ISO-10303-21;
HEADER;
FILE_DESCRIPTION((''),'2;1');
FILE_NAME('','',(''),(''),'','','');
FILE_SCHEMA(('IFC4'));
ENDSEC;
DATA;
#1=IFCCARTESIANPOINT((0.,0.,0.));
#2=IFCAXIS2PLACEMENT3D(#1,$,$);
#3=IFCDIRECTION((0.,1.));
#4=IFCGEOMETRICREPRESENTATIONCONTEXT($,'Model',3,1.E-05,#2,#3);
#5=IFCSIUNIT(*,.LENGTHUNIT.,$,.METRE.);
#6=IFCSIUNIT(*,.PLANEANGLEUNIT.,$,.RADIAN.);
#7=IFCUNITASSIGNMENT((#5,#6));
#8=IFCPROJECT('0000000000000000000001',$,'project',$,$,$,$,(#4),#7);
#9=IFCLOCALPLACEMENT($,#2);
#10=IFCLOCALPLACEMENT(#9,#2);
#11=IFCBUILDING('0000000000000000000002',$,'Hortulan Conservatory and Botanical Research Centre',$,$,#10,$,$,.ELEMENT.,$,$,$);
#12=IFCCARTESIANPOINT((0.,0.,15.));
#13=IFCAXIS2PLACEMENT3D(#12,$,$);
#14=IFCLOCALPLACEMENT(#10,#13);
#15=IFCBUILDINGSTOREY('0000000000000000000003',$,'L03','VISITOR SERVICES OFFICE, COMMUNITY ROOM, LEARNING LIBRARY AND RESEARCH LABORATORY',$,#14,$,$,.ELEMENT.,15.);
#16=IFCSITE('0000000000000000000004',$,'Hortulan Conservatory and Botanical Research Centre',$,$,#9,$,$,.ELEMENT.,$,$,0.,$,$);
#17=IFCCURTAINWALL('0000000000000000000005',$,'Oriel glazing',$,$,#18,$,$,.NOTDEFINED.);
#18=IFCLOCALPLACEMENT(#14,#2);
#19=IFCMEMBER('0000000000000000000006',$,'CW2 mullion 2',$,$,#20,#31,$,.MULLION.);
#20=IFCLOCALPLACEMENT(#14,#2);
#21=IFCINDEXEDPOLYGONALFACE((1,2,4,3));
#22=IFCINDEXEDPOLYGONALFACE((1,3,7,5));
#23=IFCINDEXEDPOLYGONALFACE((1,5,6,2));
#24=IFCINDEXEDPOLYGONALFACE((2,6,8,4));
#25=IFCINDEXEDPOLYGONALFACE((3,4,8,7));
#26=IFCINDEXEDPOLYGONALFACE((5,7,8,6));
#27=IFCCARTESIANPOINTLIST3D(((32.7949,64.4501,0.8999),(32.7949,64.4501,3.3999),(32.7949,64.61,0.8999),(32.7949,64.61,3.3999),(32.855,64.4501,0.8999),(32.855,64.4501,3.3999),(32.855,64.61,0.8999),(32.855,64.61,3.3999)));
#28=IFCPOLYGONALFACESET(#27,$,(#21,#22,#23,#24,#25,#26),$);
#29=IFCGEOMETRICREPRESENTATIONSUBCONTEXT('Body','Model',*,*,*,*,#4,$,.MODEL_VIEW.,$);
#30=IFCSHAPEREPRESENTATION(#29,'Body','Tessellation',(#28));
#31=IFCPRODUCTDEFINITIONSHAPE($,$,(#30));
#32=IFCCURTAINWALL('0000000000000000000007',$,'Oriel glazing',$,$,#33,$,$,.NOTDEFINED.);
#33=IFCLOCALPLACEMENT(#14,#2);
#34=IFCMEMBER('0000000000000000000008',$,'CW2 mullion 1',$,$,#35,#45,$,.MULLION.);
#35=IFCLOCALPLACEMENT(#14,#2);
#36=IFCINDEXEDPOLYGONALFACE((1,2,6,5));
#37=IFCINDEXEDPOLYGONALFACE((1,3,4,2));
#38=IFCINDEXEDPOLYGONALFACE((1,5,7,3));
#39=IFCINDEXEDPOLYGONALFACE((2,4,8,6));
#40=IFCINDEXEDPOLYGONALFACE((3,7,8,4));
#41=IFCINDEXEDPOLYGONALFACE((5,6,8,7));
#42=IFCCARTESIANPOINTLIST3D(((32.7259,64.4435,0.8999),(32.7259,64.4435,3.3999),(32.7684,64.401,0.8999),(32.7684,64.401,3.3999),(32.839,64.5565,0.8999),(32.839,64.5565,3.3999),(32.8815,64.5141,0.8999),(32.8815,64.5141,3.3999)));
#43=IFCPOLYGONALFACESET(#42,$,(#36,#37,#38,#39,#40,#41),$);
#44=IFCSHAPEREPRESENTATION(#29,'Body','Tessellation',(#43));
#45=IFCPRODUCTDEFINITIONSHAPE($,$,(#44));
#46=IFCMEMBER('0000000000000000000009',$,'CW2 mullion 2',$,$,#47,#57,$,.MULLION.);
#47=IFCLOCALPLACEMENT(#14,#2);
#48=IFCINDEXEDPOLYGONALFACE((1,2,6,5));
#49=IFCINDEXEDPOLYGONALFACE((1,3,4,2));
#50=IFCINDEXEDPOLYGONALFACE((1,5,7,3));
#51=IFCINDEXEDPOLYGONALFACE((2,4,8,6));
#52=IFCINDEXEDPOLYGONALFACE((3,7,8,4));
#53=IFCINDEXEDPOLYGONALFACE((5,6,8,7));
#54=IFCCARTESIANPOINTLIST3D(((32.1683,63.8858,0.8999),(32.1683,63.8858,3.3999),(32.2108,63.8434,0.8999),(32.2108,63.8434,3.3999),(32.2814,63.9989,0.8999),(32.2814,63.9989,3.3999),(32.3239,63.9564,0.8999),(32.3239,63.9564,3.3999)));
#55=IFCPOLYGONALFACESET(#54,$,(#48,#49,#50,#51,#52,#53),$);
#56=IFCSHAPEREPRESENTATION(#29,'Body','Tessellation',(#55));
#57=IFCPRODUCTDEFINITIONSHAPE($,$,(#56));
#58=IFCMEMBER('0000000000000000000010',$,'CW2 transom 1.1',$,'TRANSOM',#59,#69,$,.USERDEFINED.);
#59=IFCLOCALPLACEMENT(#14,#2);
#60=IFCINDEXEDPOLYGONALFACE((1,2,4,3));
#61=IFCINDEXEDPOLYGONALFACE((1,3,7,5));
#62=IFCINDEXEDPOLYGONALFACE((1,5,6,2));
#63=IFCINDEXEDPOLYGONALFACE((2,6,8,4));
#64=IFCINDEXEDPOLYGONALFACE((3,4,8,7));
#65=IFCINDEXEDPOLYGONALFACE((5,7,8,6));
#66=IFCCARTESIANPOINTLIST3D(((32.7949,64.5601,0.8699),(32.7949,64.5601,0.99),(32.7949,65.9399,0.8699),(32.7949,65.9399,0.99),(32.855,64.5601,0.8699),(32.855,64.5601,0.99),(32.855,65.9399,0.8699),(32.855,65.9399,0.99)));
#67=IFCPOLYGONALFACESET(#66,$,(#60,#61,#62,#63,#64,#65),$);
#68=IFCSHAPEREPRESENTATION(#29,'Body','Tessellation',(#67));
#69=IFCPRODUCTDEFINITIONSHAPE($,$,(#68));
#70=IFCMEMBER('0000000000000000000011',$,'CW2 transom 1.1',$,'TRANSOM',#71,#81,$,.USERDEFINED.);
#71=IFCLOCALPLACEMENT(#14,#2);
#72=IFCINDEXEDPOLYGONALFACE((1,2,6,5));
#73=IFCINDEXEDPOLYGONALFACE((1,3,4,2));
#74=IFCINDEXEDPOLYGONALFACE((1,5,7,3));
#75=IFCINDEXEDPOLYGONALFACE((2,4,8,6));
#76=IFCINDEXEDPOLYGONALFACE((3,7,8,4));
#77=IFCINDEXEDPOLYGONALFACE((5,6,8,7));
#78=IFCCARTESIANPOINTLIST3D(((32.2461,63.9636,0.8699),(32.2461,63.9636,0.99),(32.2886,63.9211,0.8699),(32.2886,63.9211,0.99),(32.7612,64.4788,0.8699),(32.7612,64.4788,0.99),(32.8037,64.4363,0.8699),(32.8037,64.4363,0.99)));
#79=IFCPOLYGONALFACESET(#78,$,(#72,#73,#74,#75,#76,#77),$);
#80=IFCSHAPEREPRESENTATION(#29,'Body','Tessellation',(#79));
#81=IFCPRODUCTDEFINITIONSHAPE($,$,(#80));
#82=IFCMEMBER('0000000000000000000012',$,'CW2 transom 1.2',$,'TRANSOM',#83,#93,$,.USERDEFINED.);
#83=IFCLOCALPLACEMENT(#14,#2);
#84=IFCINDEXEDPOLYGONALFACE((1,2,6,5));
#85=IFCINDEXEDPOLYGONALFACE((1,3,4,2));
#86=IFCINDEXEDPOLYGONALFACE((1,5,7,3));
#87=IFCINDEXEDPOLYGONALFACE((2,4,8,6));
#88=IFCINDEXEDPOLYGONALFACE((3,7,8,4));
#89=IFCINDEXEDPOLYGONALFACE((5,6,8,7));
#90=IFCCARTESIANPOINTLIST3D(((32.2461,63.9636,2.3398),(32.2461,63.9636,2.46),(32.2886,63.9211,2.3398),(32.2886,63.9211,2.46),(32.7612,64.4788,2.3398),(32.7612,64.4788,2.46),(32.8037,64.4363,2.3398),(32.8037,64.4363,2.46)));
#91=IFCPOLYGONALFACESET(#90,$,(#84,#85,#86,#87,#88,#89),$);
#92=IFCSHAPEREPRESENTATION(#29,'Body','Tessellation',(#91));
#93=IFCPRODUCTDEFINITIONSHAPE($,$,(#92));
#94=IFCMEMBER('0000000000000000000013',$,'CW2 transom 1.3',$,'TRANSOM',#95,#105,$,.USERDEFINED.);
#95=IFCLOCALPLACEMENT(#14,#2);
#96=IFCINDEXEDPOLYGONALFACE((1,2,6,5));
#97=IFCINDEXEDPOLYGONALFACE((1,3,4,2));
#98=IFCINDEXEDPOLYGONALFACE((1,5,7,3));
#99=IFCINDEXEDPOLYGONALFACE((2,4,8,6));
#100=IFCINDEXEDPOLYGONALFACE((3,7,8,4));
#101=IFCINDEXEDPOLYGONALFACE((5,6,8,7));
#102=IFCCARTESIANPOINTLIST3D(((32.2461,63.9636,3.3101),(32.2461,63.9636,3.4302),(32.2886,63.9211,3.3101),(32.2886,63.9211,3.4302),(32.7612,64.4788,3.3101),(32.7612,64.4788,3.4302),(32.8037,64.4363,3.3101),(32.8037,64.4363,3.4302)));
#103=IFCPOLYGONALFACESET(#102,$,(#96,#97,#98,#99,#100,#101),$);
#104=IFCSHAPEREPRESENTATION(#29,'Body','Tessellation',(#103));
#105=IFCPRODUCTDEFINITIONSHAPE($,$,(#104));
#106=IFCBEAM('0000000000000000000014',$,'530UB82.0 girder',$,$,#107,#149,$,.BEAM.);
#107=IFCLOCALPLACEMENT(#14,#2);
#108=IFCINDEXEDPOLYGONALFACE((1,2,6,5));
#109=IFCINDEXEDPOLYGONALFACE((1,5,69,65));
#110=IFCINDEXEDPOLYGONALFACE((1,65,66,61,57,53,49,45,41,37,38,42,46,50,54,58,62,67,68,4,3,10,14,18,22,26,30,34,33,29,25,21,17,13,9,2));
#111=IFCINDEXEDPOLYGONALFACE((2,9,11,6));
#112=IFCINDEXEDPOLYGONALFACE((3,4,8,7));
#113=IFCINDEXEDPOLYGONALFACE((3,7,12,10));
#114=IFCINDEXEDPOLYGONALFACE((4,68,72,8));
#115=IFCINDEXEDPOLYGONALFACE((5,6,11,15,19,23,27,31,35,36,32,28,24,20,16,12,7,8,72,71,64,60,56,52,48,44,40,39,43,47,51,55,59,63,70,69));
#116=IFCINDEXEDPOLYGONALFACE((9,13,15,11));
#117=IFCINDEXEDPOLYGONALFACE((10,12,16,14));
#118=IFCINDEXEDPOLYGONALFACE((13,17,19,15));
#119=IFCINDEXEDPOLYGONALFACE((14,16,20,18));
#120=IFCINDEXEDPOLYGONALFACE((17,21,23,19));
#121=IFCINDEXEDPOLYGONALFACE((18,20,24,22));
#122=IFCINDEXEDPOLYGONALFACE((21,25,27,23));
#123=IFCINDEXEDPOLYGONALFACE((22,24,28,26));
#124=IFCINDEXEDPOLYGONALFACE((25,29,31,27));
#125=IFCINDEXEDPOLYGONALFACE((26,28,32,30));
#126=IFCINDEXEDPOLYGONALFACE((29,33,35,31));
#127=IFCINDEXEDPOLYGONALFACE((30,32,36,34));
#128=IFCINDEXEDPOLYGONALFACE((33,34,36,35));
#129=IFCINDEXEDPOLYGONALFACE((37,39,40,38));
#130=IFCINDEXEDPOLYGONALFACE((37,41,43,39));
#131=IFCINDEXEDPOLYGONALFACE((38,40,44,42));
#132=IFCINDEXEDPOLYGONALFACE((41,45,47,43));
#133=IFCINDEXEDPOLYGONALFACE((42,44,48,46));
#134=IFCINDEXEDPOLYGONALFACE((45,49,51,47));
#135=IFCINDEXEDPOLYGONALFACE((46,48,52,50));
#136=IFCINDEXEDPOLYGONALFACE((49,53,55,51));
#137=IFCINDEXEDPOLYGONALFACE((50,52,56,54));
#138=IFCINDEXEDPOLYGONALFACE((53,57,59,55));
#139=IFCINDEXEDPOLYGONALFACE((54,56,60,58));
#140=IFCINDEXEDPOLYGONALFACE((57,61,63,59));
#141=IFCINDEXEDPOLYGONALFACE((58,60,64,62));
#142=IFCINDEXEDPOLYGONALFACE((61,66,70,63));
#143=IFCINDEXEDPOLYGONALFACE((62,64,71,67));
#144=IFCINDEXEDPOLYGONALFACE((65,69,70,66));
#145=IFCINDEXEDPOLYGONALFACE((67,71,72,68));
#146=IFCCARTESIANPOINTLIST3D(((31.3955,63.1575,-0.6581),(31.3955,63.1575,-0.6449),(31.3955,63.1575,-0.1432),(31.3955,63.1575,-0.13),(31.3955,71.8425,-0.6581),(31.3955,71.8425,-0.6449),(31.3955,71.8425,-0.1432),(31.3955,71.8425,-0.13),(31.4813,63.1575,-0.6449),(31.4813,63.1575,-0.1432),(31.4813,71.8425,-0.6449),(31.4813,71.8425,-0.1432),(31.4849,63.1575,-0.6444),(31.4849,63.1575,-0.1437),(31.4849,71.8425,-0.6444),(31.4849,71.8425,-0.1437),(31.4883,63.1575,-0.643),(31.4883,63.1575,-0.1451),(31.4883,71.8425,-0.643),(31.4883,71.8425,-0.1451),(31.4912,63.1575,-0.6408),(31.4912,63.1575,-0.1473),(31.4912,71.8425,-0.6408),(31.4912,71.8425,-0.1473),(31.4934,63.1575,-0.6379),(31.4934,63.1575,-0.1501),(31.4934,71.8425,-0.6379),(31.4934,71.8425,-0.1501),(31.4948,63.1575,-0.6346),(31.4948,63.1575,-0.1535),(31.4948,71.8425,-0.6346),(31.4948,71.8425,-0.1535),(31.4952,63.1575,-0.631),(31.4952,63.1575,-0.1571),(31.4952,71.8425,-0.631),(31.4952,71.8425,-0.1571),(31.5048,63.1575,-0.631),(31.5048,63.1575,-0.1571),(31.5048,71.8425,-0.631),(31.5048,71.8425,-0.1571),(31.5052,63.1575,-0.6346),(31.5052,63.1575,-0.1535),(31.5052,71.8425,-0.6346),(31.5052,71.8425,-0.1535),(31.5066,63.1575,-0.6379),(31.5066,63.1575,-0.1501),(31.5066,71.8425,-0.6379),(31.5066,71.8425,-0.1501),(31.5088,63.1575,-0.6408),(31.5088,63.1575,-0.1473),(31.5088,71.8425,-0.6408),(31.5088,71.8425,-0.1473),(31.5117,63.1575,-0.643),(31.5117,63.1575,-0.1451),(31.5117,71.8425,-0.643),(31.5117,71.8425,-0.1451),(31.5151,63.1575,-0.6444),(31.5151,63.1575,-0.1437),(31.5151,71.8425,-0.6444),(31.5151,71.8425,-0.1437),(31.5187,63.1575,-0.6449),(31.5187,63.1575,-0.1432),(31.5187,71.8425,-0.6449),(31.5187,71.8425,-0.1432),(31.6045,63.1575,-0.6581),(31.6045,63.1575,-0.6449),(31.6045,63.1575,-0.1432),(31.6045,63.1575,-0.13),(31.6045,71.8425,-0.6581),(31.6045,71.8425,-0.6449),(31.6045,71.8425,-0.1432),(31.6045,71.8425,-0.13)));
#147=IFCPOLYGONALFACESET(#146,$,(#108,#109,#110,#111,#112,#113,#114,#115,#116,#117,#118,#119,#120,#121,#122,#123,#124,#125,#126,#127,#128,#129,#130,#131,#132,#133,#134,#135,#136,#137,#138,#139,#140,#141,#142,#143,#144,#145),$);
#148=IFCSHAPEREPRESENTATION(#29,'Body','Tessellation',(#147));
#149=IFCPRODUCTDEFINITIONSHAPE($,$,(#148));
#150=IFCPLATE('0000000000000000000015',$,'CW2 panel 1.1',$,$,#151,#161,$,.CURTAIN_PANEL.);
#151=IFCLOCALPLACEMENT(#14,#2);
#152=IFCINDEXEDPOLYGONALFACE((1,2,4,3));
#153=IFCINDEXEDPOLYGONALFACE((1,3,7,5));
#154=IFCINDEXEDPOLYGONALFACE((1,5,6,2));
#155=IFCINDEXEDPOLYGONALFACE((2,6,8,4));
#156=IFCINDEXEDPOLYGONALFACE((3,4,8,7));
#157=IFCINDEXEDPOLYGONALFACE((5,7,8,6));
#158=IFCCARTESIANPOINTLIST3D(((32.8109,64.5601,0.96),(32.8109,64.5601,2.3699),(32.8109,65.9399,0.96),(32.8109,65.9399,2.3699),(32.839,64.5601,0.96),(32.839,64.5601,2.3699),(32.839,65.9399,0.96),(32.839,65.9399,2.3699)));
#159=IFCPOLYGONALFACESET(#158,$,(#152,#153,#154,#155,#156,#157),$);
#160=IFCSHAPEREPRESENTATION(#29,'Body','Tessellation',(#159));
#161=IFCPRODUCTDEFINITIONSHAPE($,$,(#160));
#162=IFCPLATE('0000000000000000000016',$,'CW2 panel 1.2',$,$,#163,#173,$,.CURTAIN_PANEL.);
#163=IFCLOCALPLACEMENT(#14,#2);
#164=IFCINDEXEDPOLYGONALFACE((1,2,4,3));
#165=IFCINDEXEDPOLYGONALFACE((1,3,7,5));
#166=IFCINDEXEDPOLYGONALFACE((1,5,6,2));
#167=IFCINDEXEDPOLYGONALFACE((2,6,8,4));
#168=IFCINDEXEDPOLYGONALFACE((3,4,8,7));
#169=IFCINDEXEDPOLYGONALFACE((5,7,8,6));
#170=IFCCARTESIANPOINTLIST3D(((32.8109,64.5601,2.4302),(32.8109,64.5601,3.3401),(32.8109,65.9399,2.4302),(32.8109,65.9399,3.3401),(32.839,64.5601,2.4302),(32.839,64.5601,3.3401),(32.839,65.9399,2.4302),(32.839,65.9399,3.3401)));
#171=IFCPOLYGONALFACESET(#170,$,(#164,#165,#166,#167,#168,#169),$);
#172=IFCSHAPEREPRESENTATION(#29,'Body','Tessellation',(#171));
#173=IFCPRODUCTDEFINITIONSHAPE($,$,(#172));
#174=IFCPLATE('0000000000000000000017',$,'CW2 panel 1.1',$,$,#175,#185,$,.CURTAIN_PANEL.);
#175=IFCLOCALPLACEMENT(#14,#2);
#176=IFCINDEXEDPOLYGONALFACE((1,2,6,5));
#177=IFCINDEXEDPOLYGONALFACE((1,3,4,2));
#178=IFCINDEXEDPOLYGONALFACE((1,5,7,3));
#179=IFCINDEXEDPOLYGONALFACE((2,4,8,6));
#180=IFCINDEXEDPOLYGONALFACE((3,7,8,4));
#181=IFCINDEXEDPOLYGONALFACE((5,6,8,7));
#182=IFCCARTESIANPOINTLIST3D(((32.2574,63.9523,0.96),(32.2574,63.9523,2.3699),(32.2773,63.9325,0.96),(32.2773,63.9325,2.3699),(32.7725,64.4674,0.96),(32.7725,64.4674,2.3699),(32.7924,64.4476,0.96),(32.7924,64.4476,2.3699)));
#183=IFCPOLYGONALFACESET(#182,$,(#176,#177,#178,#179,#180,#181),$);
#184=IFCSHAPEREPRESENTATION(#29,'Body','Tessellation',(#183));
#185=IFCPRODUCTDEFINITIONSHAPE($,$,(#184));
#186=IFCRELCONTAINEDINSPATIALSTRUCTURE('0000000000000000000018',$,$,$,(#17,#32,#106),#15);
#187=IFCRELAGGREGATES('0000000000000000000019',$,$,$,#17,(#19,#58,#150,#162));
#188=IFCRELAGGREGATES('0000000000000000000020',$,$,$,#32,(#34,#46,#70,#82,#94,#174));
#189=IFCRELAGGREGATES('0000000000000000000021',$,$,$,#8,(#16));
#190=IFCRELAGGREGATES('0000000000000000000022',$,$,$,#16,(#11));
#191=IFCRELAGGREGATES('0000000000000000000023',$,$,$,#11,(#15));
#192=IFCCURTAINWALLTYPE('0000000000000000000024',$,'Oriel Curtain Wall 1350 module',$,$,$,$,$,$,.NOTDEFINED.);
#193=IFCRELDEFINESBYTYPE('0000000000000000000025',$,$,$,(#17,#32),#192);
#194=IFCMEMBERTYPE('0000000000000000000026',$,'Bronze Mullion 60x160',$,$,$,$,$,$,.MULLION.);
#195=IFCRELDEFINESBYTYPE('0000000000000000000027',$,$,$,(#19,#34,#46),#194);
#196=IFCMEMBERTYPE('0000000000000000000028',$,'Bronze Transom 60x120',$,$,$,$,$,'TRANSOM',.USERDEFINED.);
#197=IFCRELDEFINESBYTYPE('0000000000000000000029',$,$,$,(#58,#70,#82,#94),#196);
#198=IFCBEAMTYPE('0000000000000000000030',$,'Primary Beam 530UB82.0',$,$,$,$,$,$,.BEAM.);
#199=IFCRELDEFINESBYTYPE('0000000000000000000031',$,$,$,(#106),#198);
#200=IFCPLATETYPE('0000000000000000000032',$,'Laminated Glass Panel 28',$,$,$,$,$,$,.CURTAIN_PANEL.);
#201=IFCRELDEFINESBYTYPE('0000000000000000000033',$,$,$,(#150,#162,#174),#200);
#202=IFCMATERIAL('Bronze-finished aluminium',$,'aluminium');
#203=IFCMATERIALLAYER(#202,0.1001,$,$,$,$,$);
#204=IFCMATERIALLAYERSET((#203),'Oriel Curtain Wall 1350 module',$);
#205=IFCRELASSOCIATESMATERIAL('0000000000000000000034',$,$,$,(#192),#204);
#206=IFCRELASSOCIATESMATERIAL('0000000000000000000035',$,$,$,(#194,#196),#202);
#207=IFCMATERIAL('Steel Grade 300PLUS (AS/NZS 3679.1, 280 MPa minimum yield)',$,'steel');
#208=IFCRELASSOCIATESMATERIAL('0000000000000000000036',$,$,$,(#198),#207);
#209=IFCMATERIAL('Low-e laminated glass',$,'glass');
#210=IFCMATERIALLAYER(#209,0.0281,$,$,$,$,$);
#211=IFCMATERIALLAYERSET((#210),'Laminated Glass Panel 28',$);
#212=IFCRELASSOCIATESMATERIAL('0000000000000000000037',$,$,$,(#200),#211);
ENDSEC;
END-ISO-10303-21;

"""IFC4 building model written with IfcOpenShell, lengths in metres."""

from ifc_helpers import new_model, si_unit, direction, frame, origin, origin_2d, place, context, subcontext, project, spatial, rectangle, i_section, extrude, material, layer, layer_set, material_profile, profile_set, type_object, element, aggregate, save


model = new_model("IFC4")

# Units and contexts
model_context = context("Model", 3, precision=1e-05, world=origin(), true_north=direction((0.0, 1.0)))
body_context = subcontext(model_context, "Body", "Model", "MODEL_VIEW")
ifc_project = project(units=[si_unit("LENGTHUNIT", "METRE"), si_unit("PLANEANGLEUNIT", "RADIAN")], contexts=[model_context])

# Site, building, storey
site_placement = place(None, origin())
site = spatial("IfcSite", under=ifc_project, at=site_placement, Name="Hortulan Conservatory and Botanical Research Centre", CompositionType="ELEMENT", RefElevation=0.0)
building_placement = place(site_placement, origin())
building = spatial("IfcBuilding", under=site, at=building_placement, Name="Hortulan Conservatory and Botanical Research Centre", CompositionType="ELEMENT")
storey_placement = place(building_placement, frame((0.0, 0.0, 15.0)))
storey = spatial("IfcBuildingStorey", under=building, at=storey_placement, Name="L03", Description="VISITOR SERVICES OFFICE, COMMUNITY ROOM, LEARNING LIBRARY AND RESEARCH LABORATORY", CompositionType="ELEMENT", Elevation=15.0)

# Curtain wall, member
ifc_material_1 = material(Name="Bronze-finished aluminium", Category="aluminium")
ifc_layer_1 = layer(ifc_material_1, 0.1001)
ifc_layer_set_1 = layer_set([ifc_layer_1], Name="Oriel Curtain Wall 1350 module")
curtain_wall_type = type_object("IfcCurtainWallType", Name="Oriel Curtain Wall 1350 module", PredefinedType="NOTDEFINED", material=ifc_layer_set_1)
curtain_wall_1_placement = place(storey_placement, origin())
curtain_wall_1 = element("IfcCurtainWall", 1, at=curtain_wall_1_placement, inside=storey, type_object=curtain_wall_type, Name="Oriel glazing", PredefinedType="NOTDEFINED")
ifc_material_profile_1 = material_profile(ifc_material_1, rectangle(XDim=0.0601, YDim=0.1599, at=origin_2d()), Name="Bronze Mullion 60x160")
ifc_profile_set_1 = profile_set([ifc_material_profile_1], Name="Bronze-finished aluminium")
member_type_1 = type_object("IfcMemberType", Name="Bronze Mullion 60x160", PredefinedType="MULLION", material=ifc_profile_set_1)
member_1_placement = place(storey_placement, frame((32.825, 64.53, 0.8999), z_axis=(0.0, 0.0, 1.0), x_axis=(1.0, 0.0, 0.0)))
member_1 = element("IfcMember", 2, at=member_1_placement, type_object=member_type_1, Name="CW2 mullion 2", PredefinedType="MULLION", context=body_context, shape_type="SweptSolid", body=[
    extrude(rectangle(XDim=0.0601, YDim=0.1599, at=origin_2d()), origin(), (0.0, 0.0, 1.0), 2.5),
])

# Curtain wall, members
curtain_wall_2_placement = place(storey_placement, origin())
curtain_wall_2 = element("IfcCurtainWall", 3, at=curtain_wall_2_placement, inside=storey, type_object=curtain_wall_type, Name="Oriel glazing", PredefinedType="NOTDEFINED")
member_2_placement = place(storey_placement, frame((32.8037, 64.4788, 0.8999), z_axis=(0.0, 0.0, 1.0), x_axis=(0.707107, -0.707107, 0.0)))
member_2 = element("IfcMember", 4, at=member_2_placement, type_object=member_type_1, Name="CW2 mullion 1", PredefinedType="MULLION", context=body_context, shape_type="SweptSolid", body=[
    extrude(rectangle(XDim=0.0601, YDim=0.1599, at=origin_2d()), origin(), (0.0, 0.0, 1.0), 2.5),
])
member_3_placement = place(storey_placement, frame((32.2461, 63.9211, 0.8999), z_axis=(0.0, 0.0, 1.0), x_axis=(0.707107, -0.707107, 0.0)))
member_3 = element("IfcMember", 5, at=member_3_placement, type_object=member_type_1, Name="CW2 mullion 2", PredefinedType="MULLION", context=body_context, shape_type="SweptSolid", body=[
    extrude(rectangle(XDim=0.0601, YDim=0.1599, at=origin_2d()), origin(), (0.0, 0.0, 1.0), 2.5),
])

# Members
ifc_material_profile_2 = material_profile(ifc_material_1, rectangle(XDim=0.0601, YDim=0.1201, at=origin_2d()), Name="Bronze Transom 60x120")
ifc_profile_set_2 = profile_set([ifc_material_profile_2], Name="Bronze-finished aluminium")
member_type_2 = type_object("IfcMemberType", Name="Bronze Transom 60x120", ElementType="TRANSOM", PredefinedType="USERDEFINED", material=ifc_profile_set_2)
member_4_placement = place(storey_placement, frame((32.825, 65.9399, 0.9299), z_axis=(0.0, -1.0, 0.0), x_axis=(1.0, 0.0, 0.0)))
member_4 = element("IfcMember", 6, at=member_4_placement, type_object=member_type_2, Name="CW2 transom 1.1", ObjectType="TRANSOM", PredefinedType="USERDEFINED", context=body_context, shape_type="SweptSolid", body=[
    extrude(rectangle(XDim=0.0601, YDim=0.1201, at=origin_2d()), origin(), (0.0, 0.0, 1.0), 1.3799),
])
member_5_placement = place(storey_placement, frame((32.7825, 64.4575, 0.9299), z_axis=(-0.707107, -0.707107, 0.0), x_axis=(0.707107, -0.707107, 0.0)))
member_5 = element("IfcMember", 7, at=member_5_placement, type_object=member_type_2, Name="CW2 transom 1.1", ObjectType="TRANSOM", PredefinedType="USERDEFINED", context=body_context, shape_type="SweptSolid", body=[
    extrude(rectangle(XDim=0.0601, YDim=0.1201, at=origin_2d()), origin(), (0.0, 0.0, 1.0), 0.7285),
])
member_6_placement = place(storey_placement, frame((32.7825, 64.4575, 2.3999), z_axis=(-0.707107, -0.707107, 0.0), x_axis=(0.707107, -0.707107, 0.0)))
member_6 = element("IfcMember", 8, at=member_6_placement, type_object=member_type_2, Name="CW2 transom 1.2", ObjectType="TRANSOM", PredefinedType="USERDEFINED", context=body_context, shape_type="SweptSolid", body=[
    extrude(rectangle(XDim=0.0601, YDim=0.1201, at=origin_2d()), origin(), (0.0, 0.0, 1.0), 0.7285),
])
member_7_placement = place(storey_placement, frame((32.7825, 64.4575, 3.3701), z_axis=(-0.707107, -0.707107, 0.0), x_axis=(0.707107, -0.707107, 0.0)))
member_7 = element("IfcMember", 9, at=member_7_placement, type_object=member_type_2, Name="CW2 transom 1.3", ObjectType="TRANSOM", PredefinedType="USERDEFINED", context=body_context, shape_type="SweptSolid", body=[
    extrude(rectangle(XDim=0.0601, YDim=0.1201, at=origin_2d()), origin(), (0.0, 0.0, 1.0), 0.7285),
])

# Beam
ifc_material_2 = material(Name="Steel Grade 300PLUS (AS/NZS 3679.1, 280 MPa minimum yield)", Category="steel")
ifc_material_profile_3 = material_profile(ifc_material_2, i_section(OverallWidth=0.209, OverallDepth=0.5281, WebThickness=0.0095, FlangeThickness=0.0132, FilletRadius=0.0139, at=origin_2d()), Name="530UB82.0")
ifc_profile_set_3 = profile_set([ifc_material_profile_3], Name="Steel Grade 300PLUS (AS/NZS 3679.1, 280 MPa minimum yield)")
beam_type = type_object("IfcBeamType", Name="Primary Beam 530UB82.0", PredefinedType="BEAM", material=ifc_profile_set_3)
beam_placement = place(storey_placement, frame((31.5, 63.1575, -0.394), z_axis=(0.0, 1.0, 0.0), x_axis=(-1.0, 0.0, 0.0)))
element("IfcBeam", 10, at=beam_placement, inside=storey, type_object=beam_type, Name="530UB82.0 girder", PredefinedType="BEAM", context=body_context, shape_type="SweptSolid", body=[
    extrude(i_section(OverallWidth=0.209, OverallDepth=0.5281, WebThickness=0.0095, FlangeThickness=0.0132, FilletRadius=0.0139, at=origin_2d()), origin(), (0.0, 0.0, 1.0), 8.6851),
])

# Plates
ifc_material_3 = material(Name="Low-e laminated glass", Category="glass")
ifc_layer_2 = layer(ifc_material_3, 0.0281)
ifc_layer_set_2 = layer_set([ifc_layer_2], Name="Laminated Glass Panel 28")
plate_type = type_object("IfcPlateType", Name="Laminated Glass Panel 28", PredefinedType="CURTAIN_PANEL", material=ifc_layer_set_2)
plate_1_placement = place(storey_placement, frame((32.825, 65.25, 0.96), z_axis=(0.0, 0.0, 1.0), x_axis=(0.0, -1.0, 0.0)))
plate_1 = element("IfcPlate", 11, at=plate_1_placement, type_object=plate_type, Name="CW2 panel 1.1", PredefinedType="CURTAIN_PANEL", context=body_context, shape_type="SweptSolid", body=[
    extrude(rectangle(XDim=1.3799, YDim=0.0281, at=origin_2d()), origin(), (0.0, 0.0, 1.0), 1.4099),
])
plate_2_placement = place(storey_placement, frame((32.825, 65.25, 2.4302), z_axis=(0.0, 0.0, 1.0), x_axis=(0.0, -1.0, 0.0)))
plate_2 = element("IfcPlate", 12, at=plate_2_placement, type_object=plate_type, Name="CW2 panel 1.2", PredefinedType="CURTAIN_PANEL", context=body_context, shape_type="SweptSolid", body=[
    extrude(rectangle(XDim=1.3799, YDim=0.0281, at=origin_2d()), origin(), (0.0, 0.0, 1.0), 0.9099),
])
aggregate(curtain_wall_1, [member_1, member_4, plate_1, plate_2])
plate_3_placement = place(storey_placement, frame((32.5249, 64.2, 0.96), z_axis=(0.0, 0.0, 1.0), x_axis=(-0.707107, -0.707107, 0.0)))
plate_3 = element("IfcPlate", 13, at=plate_3_placement, type_object=plate_type, Name="CW2 panel 1.1", PredefinedType="CURTAIN_PANEL", context=body_context, shape_type="SweptSolid", body=[
    extrude(rectangle(XDim=0.7285, YDim=0.0281, at=origin_2d()), origin(), (0.0, 0.0, 1.0), 1.4099),
])
aggregate(curtain_wall_2, [member_2, member_3, member_5, member_6, member_7, plate_3])

save(model, "model.ifc")
